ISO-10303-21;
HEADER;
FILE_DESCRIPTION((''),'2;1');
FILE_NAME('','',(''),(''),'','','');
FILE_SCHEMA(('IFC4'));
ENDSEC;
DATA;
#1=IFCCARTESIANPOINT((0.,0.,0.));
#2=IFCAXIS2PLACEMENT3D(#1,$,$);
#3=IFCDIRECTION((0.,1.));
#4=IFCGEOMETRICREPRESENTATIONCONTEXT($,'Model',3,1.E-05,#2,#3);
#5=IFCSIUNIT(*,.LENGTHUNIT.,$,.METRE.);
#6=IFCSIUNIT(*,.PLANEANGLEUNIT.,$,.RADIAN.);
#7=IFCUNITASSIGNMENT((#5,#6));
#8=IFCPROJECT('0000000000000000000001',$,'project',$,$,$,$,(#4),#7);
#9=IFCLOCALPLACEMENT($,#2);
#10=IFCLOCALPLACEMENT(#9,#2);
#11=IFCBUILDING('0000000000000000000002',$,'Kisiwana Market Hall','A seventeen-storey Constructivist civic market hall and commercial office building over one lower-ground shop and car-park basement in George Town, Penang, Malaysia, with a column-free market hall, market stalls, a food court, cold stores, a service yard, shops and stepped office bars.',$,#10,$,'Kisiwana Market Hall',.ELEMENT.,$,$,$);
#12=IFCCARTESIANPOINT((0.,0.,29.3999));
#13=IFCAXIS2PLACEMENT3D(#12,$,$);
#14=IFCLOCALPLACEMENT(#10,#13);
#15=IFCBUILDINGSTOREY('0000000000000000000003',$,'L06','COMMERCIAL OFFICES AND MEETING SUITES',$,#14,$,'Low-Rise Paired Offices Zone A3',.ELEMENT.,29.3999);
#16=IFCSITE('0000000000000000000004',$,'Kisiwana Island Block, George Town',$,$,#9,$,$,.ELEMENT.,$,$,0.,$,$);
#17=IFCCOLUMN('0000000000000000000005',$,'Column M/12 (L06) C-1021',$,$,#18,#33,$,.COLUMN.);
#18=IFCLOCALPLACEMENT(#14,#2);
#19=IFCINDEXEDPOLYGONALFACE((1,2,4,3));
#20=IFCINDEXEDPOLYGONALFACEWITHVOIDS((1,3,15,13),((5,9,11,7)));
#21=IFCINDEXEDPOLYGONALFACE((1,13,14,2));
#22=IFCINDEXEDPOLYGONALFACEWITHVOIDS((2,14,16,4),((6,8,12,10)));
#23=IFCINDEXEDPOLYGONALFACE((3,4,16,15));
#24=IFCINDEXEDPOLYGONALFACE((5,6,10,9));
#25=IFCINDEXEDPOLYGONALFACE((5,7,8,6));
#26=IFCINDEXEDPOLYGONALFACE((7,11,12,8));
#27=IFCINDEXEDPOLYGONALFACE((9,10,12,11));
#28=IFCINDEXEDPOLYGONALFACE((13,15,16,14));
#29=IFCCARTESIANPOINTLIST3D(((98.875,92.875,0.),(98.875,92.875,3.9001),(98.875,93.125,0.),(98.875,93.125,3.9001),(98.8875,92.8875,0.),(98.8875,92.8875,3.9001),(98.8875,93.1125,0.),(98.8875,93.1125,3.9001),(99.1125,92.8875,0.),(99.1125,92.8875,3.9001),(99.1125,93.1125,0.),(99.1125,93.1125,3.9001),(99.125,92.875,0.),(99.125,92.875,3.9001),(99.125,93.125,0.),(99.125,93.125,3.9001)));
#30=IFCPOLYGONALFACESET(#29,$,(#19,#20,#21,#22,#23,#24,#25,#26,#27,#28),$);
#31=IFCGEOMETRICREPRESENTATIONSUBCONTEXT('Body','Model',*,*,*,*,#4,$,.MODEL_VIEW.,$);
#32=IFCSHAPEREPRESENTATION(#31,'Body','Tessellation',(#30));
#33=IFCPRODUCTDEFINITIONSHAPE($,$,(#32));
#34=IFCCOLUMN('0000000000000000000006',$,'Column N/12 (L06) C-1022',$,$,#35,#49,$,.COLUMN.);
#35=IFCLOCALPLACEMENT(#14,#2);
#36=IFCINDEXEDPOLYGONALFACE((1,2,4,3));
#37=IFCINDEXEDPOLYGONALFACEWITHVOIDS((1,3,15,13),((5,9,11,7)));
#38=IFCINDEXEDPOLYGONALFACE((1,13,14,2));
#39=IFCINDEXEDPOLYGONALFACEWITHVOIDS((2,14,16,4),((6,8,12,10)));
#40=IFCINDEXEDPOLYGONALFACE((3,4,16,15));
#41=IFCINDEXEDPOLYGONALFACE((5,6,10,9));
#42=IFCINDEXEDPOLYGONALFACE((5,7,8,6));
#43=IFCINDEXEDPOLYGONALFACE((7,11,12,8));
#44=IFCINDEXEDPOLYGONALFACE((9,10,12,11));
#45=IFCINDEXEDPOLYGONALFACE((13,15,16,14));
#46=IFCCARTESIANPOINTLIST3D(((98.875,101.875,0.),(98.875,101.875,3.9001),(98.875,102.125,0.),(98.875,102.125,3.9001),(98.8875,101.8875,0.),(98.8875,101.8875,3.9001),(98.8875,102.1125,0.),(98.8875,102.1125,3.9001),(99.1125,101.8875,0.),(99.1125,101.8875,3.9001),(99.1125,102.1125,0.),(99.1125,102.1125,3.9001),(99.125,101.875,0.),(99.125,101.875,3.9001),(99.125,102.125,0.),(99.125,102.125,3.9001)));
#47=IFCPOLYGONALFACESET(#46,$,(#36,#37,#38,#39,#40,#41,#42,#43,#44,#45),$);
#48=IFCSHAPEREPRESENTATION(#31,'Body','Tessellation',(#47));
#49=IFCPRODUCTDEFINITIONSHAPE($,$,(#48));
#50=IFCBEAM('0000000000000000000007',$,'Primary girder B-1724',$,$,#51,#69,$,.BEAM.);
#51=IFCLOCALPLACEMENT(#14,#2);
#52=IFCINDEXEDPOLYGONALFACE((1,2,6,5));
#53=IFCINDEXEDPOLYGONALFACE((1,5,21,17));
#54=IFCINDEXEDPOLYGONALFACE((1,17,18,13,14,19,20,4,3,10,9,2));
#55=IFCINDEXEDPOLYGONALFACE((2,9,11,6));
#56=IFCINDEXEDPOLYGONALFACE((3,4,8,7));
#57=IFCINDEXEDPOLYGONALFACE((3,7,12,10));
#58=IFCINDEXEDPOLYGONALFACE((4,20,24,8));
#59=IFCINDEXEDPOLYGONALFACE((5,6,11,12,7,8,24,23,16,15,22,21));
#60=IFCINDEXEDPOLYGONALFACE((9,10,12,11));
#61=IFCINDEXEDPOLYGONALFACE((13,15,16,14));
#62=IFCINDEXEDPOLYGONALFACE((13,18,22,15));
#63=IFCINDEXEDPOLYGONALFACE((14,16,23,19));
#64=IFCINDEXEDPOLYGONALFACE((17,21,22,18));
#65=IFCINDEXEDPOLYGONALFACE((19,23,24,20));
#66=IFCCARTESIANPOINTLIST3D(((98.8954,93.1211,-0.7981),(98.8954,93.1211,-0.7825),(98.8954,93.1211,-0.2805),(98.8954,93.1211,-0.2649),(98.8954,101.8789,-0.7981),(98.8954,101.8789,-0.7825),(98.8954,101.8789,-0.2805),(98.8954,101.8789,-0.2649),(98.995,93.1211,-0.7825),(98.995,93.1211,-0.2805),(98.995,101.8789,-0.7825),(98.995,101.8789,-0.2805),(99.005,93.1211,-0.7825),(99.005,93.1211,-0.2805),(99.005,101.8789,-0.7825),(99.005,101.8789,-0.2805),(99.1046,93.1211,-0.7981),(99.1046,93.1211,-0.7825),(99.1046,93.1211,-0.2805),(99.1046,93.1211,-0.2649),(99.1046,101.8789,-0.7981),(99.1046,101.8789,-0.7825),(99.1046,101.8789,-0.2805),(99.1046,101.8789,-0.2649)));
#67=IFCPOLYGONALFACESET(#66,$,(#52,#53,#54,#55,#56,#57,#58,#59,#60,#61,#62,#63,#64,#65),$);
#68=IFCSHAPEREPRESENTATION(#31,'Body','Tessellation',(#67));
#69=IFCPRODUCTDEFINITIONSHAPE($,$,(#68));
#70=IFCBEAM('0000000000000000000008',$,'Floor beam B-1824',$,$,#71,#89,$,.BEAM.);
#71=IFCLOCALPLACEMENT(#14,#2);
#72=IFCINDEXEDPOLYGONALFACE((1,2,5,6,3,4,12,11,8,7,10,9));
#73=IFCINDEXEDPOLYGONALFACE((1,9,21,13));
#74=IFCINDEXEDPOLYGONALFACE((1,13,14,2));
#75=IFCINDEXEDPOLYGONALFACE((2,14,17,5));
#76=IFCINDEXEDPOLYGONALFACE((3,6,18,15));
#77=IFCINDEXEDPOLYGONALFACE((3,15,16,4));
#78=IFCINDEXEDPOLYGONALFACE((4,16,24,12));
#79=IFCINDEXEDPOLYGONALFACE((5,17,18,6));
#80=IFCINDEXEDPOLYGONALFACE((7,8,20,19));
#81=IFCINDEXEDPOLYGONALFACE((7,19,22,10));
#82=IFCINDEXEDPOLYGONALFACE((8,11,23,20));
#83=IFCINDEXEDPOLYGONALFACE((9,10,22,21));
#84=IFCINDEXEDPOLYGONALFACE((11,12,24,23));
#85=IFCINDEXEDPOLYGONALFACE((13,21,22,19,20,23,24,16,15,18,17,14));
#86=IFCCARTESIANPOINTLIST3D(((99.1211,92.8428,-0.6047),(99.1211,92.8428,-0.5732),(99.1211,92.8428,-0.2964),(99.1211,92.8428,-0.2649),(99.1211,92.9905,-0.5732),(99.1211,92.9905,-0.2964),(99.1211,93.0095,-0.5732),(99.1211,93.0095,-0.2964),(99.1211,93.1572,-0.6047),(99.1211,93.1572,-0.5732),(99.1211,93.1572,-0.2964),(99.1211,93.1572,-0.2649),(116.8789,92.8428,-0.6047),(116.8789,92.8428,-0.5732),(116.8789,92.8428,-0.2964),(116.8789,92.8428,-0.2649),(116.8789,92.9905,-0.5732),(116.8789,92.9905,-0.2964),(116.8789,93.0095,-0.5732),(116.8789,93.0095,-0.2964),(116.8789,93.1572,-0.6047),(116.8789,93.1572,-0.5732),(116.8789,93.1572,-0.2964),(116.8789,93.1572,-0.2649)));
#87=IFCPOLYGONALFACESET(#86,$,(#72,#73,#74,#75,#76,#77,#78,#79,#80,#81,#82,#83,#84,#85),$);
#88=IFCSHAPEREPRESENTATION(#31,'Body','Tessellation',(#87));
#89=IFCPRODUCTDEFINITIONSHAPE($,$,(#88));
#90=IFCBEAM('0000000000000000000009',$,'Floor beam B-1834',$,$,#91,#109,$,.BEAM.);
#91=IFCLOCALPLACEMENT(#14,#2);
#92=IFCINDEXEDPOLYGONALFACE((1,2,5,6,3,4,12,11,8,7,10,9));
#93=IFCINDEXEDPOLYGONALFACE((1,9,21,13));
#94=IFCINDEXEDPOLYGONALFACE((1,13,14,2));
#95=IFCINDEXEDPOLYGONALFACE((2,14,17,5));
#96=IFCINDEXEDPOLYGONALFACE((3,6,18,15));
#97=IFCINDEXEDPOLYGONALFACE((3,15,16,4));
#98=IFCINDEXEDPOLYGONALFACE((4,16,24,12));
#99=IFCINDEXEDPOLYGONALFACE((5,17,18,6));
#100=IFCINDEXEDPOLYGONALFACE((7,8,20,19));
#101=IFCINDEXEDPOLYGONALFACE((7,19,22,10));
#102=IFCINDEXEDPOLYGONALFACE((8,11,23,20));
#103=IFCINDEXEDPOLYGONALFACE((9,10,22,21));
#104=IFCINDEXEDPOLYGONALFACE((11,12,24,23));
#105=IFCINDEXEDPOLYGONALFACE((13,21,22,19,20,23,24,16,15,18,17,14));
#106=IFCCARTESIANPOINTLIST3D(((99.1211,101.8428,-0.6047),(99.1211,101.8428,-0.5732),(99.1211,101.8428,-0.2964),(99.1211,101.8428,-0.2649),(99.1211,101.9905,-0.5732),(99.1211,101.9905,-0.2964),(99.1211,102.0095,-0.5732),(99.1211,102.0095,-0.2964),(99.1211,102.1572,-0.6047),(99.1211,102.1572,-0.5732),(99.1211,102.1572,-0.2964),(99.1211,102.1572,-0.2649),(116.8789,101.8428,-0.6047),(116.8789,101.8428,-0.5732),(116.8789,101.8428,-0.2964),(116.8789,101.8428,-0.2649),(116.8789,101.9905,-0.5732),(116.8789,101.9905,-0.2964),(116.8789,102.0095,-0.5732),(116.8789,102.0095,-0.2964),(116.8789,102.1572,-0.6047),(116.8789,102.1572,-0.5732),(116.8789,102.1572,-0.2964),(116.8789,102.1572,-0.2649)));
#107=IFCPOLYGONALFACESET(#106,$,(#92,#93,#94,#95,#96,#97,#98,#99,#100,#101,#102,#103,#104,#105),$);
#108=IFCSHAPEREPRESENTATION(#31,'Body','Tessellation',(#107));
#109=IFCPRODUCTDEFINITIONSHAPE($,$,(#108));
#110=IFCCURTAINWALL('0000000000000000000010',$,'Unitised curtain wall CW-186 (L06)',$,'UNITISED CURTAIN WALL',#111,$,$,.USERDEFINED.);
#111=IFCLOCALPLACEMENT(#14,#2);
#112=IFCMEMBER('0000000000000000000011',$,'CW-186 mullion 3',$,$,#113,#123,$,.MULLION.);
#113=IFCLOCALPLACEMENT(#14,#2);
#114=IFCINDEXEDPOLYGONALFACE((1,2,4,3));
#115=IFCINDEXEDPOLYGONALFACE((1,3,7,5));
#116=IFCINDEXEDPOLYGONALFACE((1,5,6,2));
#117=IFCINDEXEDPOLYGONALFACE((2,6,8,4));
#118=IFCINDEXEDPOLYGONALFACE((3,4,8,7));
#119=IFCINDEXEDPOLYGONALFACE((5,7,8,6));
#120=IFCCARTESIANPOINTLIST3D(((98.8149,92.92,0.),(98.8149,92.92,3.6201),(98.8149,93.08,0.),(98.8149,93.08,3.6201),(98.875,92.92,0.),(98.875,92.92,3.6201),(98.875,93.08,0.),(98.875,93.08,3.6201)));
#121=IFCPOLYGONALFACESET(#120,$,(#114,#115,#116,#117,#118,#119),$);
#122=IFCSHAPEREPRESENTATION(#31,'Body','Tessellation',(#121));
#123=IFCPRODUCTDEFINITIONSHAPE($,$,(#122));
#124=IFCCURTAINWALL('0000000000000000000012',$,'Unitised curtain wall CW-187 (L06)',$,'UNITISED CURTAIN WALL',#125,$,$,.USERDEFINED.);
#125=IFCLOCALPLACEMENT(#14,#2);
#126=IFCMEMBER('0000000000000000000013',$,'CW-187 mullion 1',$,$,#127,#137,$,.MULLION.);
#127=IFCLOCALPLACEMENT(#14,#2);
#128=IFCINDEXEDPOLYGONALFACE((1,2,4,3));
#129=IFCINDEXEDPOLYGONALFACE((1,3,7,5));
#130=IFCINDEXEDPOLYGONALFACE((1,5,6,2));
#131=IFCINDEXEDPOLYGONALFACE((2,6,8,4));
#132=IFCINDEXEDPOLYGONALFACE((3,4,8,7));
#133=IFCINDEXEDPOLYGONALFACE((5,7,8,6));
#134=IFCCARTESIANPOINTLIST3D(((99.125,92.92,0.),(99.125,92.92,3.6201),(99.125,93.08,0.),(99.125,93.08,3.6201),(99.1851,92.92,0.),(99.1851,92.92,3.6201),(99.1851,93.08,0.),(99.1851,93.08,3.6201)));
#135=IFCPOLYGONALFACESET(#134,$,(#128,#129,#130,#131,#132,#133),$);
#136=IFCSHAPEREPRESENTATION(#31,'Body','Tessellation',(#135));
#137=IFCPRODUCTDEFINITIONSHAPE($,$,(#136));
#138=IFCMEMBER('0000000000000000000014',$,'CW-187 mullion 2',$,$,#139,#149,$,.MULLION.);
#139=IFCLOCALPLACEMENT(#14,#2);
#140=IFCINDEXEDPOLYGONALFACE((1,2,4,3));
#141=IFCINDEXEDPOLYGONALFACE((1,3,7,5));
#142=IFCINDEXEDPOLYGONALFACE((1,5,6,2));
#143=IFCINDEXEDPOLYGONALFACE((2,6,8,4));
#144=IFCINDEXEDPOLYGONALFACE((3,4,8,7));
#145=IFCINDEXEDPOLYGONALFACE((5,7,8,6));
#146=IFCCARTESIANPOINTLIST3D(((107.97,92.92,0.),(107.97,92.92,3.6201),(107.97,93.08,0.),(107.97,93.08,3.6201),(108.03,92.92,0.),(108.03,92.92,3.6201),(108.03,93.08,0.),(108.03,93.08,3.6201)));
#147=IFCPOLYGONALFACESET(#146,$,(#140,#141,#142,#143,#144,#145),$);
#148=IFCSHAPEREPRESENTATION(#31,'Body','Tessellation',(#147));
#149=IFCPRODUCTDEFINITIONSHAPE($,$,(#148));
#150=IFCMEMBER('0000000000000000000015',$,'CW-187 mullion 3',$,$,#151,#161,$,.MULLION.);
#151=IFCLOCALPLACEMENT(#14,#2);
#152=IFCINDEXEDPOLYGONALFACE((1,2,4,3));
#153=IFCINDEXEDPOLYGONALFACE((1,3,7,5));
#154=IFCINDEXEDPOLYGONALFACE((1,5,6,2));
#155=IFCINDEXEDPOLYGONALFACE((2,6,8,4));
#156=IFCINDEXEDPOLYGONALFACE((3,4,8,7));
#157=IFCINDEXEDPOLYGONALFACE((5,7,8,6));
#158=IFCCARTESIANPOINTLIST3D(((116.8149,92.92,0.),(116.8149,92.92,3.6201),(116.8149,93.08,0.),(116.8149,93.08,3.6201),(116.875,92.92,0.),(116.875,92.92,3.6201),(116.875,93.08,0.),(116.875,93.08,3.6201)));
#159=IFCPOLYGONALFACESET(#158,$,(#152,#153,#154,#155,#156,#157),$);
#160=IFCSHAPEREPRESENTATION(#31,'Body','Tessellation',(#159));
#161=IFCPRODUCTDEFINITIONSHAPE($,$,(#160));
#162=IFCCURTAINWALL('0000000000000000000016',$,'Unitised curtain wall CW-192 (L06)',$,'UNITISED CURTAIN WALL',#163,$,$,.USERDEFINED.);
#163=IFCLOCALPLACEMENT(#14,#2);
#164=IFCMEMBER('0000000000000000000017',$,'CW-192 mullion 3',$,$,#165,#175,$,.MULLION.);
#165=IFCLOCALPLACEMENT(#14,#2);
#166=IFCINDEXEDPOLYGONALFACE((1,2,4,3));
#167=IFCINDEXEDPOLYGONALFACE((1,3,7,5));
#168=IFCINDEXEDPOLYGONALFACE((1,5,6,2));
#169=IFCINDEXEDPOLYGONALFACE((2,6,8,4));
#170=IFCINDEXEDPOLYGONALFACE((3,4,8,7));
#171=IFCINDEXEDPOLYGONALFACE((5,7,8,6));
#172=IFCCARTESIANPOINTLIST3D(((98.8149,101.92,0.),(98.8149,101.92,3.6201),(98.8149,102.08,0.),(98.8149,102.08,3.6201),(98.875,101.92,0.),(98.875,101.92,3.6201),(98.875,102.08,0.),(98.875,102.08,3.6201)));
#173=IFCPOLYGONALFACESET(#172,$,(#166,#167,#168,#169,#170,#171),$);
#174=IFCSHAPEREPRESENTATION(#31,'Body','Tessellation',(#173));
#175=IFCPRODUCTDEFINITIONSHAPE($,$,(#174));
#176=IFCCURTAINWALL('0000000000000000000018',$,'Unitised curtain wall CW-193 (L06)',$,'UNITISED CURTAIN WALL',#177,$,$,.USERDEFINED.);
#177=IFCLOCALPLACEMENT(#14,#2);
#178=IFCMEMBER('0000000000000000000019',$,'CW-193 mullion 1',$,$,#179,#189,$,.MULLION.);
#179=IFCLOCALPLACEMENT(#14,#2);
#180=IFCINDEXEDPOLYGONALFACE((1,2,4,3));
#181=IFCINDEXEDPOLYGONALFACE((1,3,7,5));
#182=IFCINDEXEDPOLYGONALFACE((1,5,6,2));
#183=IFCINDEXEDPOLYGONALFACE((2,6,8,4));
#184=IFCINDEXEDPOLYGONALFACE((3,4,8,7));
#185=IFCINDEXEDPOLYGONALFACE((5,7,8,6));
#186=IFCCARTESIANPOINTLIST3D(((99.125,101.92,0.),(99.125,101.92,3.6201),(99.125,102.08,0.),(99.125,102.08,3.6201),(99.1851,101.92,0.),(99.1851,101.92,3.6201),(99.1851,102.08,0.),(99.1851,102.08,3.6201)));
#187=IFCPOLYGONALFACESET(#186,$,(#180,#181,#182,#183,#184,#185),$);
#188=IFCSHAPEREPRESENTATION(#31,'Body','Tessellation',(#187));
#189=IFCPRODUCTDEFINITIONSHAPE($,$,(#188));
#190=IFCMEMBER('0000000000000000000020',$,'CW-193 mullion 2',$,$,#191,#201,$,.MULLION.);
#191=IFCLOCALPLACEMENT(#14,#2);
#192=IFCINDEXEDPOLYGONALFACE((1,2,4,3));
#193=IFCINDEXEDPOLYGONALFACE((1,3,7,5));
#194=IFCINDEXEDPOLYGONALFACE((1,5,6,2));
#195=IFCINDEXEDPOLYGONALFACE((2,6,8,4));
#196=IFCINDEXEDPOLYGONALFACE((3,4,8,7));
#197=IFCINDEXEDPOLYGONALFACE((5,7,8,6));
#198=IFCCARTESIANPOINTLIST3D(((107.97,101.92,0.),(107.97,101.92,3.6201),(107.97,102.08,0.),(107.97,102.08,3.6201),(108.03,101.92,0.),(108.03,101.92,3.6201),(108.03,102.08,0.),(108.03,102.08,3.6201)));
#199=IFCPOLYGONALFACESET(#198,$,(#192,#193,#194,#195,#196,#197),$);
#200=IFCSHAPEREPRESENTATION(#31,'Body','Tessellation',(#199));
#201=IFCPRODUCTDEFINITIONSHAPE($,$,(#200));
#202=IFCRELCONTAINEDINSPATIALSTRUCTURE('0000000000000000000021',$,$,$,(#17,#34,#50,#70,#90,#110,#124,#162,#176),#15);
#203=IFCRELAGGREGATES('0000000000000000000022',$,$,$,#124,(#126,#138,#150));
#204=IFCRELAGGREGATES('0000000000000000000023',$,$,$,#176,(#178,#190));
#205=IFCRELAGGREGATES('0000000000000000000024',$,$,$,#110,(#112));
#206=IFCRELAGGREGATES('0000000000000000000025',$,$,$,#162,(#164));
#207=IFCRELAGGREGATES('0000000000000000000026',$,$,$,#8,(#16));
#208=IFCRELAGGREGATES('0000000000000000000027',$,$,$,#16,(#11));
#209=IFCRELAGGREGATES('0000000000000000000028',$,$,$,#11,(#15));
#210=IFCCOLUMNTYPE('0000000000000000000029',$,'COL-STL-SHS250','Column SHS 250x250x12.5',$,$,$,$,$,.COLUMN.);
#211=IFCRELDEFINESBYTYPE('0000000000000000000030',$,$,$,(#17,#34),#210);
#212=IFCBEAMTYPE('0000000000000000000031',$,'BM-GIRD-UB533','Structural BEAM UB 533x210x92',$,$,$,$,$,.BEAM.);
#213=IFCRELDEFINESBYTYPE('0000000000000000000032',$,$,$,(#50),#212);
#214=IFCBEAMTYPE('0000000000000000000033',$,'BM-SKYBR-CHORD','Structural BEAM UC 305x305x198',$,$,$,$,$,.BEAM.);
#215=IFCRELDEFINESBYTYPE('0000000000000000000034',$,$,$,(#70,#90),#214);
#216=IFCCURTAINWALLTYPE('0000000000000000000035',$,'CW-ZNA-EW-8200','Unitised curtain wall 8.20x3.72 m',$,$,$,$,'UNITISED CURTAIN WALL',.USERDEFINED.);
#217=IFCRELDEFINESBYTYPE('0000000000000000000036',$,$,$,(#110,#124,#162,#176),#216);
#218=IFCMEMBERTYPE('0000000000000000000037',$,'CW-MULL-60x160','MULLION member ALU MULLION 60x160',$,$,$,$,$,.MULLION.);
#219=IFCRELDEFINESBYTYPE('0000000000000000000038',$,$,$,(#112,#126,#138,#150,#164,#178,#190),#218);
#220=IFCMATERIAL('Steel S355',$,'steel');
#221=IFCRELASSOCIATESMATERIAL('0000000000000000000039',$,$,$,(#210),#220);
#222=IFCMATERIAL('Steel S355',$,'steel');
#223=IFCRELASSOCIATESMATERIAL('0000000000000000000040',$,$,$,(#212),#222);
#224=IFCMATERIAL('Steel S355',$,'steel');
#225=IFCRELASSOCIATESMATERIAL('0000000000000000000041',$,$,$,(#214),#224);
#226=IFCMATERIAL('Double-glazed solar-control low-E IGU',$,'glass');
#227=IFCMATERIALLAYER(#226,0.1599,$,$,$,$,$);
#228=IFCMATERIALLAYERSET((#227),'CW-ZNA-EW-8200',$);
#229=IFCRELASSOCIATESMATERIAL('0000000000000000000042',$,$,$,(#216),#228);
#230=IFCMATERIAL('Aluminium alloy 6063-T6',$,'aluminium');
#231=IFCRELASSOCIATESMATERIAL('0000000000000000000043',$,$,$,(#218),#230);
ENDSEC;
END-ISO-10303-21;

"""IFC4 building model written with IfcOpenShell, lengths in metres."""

from ifc_helpers import new_model, si_unit, direction, frame, origin, origin_2d, place, context, subcontext, project, spatial, rectangle, hollow_rectangle, i_section, extrude, material, layer, layer_set, material_profile, profile_set, type_object, element, aggregate, save


model = new_model("IFC4")

# Units and contexts
model_context = context("Model", 3, precision=1e-05, world=origin(), true_north=direction((0.0, 1.0)))
body_context = subcontext(model_context, "Body", "Model", "MODEL_VIEW")
ifc_project = project(units=[si_unit("LENGTHUNIT", "METRE"), si_unit("PLANEANGLEUNIT", "RADIAN")], contexts=[model_context])

# Site, building, storey
site_placement = place(None, origin())
site = spatial("IfcSite", under=ifc_project, at=site_placement, Name="Kisiwana Island Block, George Town", CompositionType="ELEMENT", RefElevation=0.0)
building_placement = place(site_placement, origin())
building = spatial("IfcBuilding", under=site, at=building_placement, Name="Kisiwana Market Hall", Description="A seventeen-storey Constructivist civic market hall and commercial office building over one lower-ground shop and car-park basement in George Town, Penang, Malaysia, with a column-free market hall, market stalls, a food court, cold stores, a service yard, shops and stepped office bars.", LongName="Kisiwana Market Hall", CompositionType="ELEMENT")
storey_placement = place(building_placement, frame((0.0, 0.0, 29.3999)))
storey = spatial("IfcBuildingStorey", under=building, at=storey_placement, Name="L06", Description="COMMERCIAL OFFICES AND MEETING SUITES", LongName="Low-Rise Paired Offices Zone A3", CompositionType="ELEMENT", Elevation=29.3999)

# Columns
ifc_material_1 = material(Name="Steel S355", Category="steel")
ifc_material_profile_1 = material_profile(ifc_material_1, hollow_rectangle(XDim=0.25, YDim=0.25, WallThickness=0.0125, at=origin_2d()), Name="SHS 250x250x12.5")
ifc_profile_set_1 = profile_set([ifc_material_profile_1], Name="Steel S355")
column_type = type_object("IfcColumnType", Name="COL-STL-SHS250", Description="Column SHS 250x250x12.5", PredefinedType="COLUMN", material=ifc_profile_set_1)
for number, where, z_axis, x_axis, name in (
    (1, (99.0, 93.0, 0.0), (0.0, 0.0, 1.0), (1.0, 0.0, 0.0), "Column M/12 (L06) C-1021"),
    (2, (99.0, 102.0, 0.0), (0.0, 0.0, 1.0), (1.0, 0.0, 0.0), "Column N/12 (L06) C-1022"),
):
    element("IfcColumn", number, at=place(storey_placement, frame(where, z_axis=z_axis, x_axis=x_axis)), inside=storey, type_object=column_type, Name=name, PredefinedType="COLUMN", context=body_context, shape_type="SweptSolid", body=[
        extrude(hollow_rectangle(XDim=0.25, YDim=0.25, WallThickness=0.0125, at=origin_2d()), origin(), (0.0, 0.0, 1.0), 3.9001),
    ])

# Beams
ifc_material_2 = material(Name="Steel S355", Category="steel")
ifc_material_profile_2 = material_profile(ifc_material_2, i_section(OverallWidth=0.2092, OverallDepth=0.5332, WebThickness=0.01, FlangeThickness=0.0156, at=origin_2d()), Name="UB 533x210x92")
ifc_profile_set_2 = profile_set([ifc_material_profile_2], Name="Steel S355")
beam_type_1 = type_object("IfcBeamType", Name="BM-GIRD-UB533", Description="Structural BEAM UB 533x210x92", PredefinedType="BEAM", material=ifc_profile_set_2)
beam_placement = place(storey_placement, frame((99.0, 93.1211, -0.5315), z_axis=(0.0, 1.0, 0.0), x_axis=(-1.0, 0.0, 0.0)))
element("IfcBeam", 3, at=beam_placement, inside=storey, type_object=beam_type_1, Name="Primary girder B-1724", PredefinedType="BEAM", context=body_context, shape_type="SweptSolid", body=[
    extrude(i_section(OverallWidth=0.2092, OverallDepth=0.5332, WebThickness=0.01, FlangeThickness=0.0156, at=origin_2d()), origin(), (0.0, 0.0, 1.0), 8.7578),
])
ifc_material_3 = material(Name="Steel S355", Category="steel")
ifc_material_profile_3 = material_profile(ifc_material_3, i_section(OverallWidth=0.3145, OverallDepth=0.3398, WebThickness=0.019, FlangeThickness=0.0315, at=origin_2d()), Name="UC 305x305x198")
ifc_profile_set_3 = profile_set([ifc_material_profile_3], Name="Steel S355")
beam_type_2 = type_object("IfcBeamType", Name="BM-SKYBR-CHORD", Description="Structural BEAM UC 305x305x198", PredefinedType="BEAM", material=ifc_profile_set_3)
for number, where, z_axis, x_axis, name in (
    (4, (99.1211, 93.0, -0.4348), (1.0, 0.0, 0.0), (0.0, 1.0, 0.0), "Floor beam B-1824"),
    (5, (99.1211, 102.0, -0.4348), (1.0, 0.0, 0.0), (0.0, 1.0, 0.0), "Floor beam B-1834"),
):
    element("IfcBeam", number, at=place(storey_placement, frame(where, z_axis=z_axis, x_axis=x_axis)), inside=storey, type_object=beam_type_2, Name=name, PredefinedType="BEAM", context=body_context, shape_type="SweptSolid", body=[
        extrude(i_section(OverallWidth=0.3145, OverallDepth=0.3398, WebThickness=0.019, FlangeThickness=0.0315, at=origin_2d()), origin(), (0.0, 0.0, 1.0), 17.7578),
    ])

# Curtain wall, member
ifc_material_4 = material(Name="Double-glazed solar-control low-E IGU", Category="glass")
ifc_layer_1 = layer(ifc_material_4, 0.1599)
ifc_layer_set_1 = layer_set([ifc_layer_1], Name="CW-ZNA-EW-8200")
curtain_wall_type = type_object("IfcCurtainWallType", Name="CW-ZNA-EW-8200", Description="Unitised curtain wall 8.20x3.72 m", ElementType="UNITISED CURTAIN WALL", PredefinedType="USERDEFINED", material=ifc_layer_set_1)
curtain_wall_1_placement = place(storey_placement, origin())
curtain_wall_1 = element("IfcCurtainWall", 6, at=curtain_wall_1_placement, inside=storey, type_object=curtain_wall_type, Name="Unitised curtain wall CW-186 (L06)", ObjectType="UNITISED CURTAIN WALL", PredefinedType="USERDEFINED")
ifc_material_5 = material(Name="Aluminium alloy 6063-T6", Category="aluminium")
ifc_material_profile_4 = material_profile(ifc_material_5, rectangle(XDim=0.0601, YDim=0.1599, at=origin_2d()), Name="ALU MULLION 60x160")
ifc_profile_set_4 = profile_set([ifc_material_profile_4], Name="Aluminium alloy 6063-T6")
member_type_1 = type_object("IfcMemberType", Name="CW-MULL-60x160", Description="MULLION member ALU MULLION 60x160", PredefinedType="MULLION", material=ifc_profile_set_4)
member_1_placement = place(storey_placement, frame((98.845, 93.0, 0.0), z_axis=(0.0, 0.0, 1.0), x_axis=(1.0, 0.0, 0.0)))
member_1 = element("IfcMember", 7, at=member_1_placement, type_object=member_type_1, Name="CW-186 mullion 3", PredefinedType="MULLION", context=body_context, shape_type="SweptSolid", body=[
    extrude(rectangle(XDim=0.0601, YDim=0.1599, at=origin_2d()), origin(), (0.0, 0.0, 1.0), 3.6201),
])

# Curtain wall, members
curtain_wall_2_placement = place(storey_placement, origin())
curtain_wall_2 = element("IfcCurtainWall", 8, at=curtain_wall_2_placement, inside=storey, type_object=curtain_wall_type, Name="Unitised curtain wall CW-187 (L06)", ObjectType="UNITISED CURTAIN WALL", PredefinedType="USERDEFINED")
member_2_placement = place(storey_placement, frame((99.155, 93.0, 0.0), z_axis=(0.0, 0.0, 1.0), x_axis=(1.0, 0.0, 0.0)))
member_2 = element("IfcMember", 9, at=member_2_placement, type_object=member_type_1, Name="CW-187 mullion 1", PredefinedType="MULLION", context=body_context, shape_type="SweptSolid", body=[
    extrude(rectangle(XDim=0.0601, YDim=0.1599, at=origin_2d()), origin(), (0.0, 0.0, 1.0), 3.6201),
])
member_3_placement = place(storey_placement, frame((108.0, 93.0, 0.0), z_axis=(0.0, 0.0, 1.0), x_axis=(1.0, 0.0, 0.0)))
member_3 = element("IfcMember", 10, at=member_3_placement, type_object=member_type_1, Name="CW-187 mullion 2", PredefinedType="MULLION", context=body_context, shape_type="SweptSolid", body=[
    extrude(rectangle(XDim=0.0601, YDim=0.1599, at=origin_2d()), origin(), (0.0, 0.0, 1.0), 3.6201),
])
member_4_placement = place(storey_placement, frame((116.845, 93.0, 0.0), z_axis=(0.0, 0.0, 1.0), x_axis=(1.0, 0.0, 0.0)))
member_4 = element("IfcMember", 11, at=member_4_placement, type_object=member_type_1, Name="CW-187 mullion 3", PredefinedType="MULLION", context=body_context, shape_type="SweptSolid", body=[
    extrude(rectangle(XDim=0.0601, YDim=0.1599, at=origin_2d()), origin(), (0.0, 0.0, 1.0), 3.6201),
])

# Curtain wall, member
curtain_wall_3_placement = place(storey_placement, origin())
curtain_wall_3 = element("IfcCurtainWall", 12, at=curtain_wall_3_placement, inside=storey, type_object=curtain_wall_type, Name="Unitised curtain wall CW-192 (L06)", ObjectType="UNITISED CURTAIN WALL", PredefinedType="USERDEFINED")
member_5_placement = place(storey_placement, frame((98.845, 102.0, 0.0), z_axis=(0.0, 0.0, 1.0), x_axis=(1.0, 0.0, 0.0)))
member_5 = element("IfcMember", 13, at=member_5_placement, type_object=member_type_1, Name="CW-192 mullion 3", PredefinedType="MULLION", context=body_context, shape_type="SweptSolid", body=[
    extrude(rectangle(XDim=0.0601, YDim=0.1599, at=origin_2d()), origin(), (0.0, 0.0, 1.0), 3.6201),
])

# Curtain wall, members
curtain_wall_4_placement = place(storey_placement, origin())
curtain_wall_4 = element("IfcCurtainWall", 14, at=curtain_wall_4_placement, inside=storey, type_object=curtain_wall_type, Name="Unitised curtain wall CW-193 (L06)", ObjectType="UNITISED CURTAIN WALL", PredefinedType="USERDEFINED")
member_6_placement = place(storey_placement, frame((99.155, 102.0, 0.0), z_axis=(0.0, 0.0, 1.0), x_axis=(1.0, 0.0, 0.0)))
member_6 = element("IfcMember", 15, at=member_6_placement, type_object=member_type_1, Name="CW-193 mullion 1", PredefinedType="MULLION", context=body_context, shape_type="SweptSolid", body=[
    extrude(rectangle(XDim=0.0601, YDim=0.1599, at=origin_2d()), origin(), (0.0, 0.0, 1.0), 3.6201),
])
member_7_placement = place(storey_placement, frame((108.0, 102.0, 0.0), z_axis=(0.0, 0.0, 1.0), x_axis=(1.0, 0.0, 0.0)))
member_7 = element("IfcMember", 16, at=member_7_placement, type_object=member_type_1, Name="CW-193 mullion 2", PredefinedType="MULLION", context=body_context, shape_type="SweptSolid", body=[
    extrude(rectangle(XDim=0.0601, YDim=0.1599, at=origin_2d()), origin(), (0.0, 0.0, 1.0), 3.6201),
])

aggregate(curtain_wall_2, [member_2, member_3, member_4])
aggregate(curtain_wall_4, [member_6, member_7])
aggregate(curtain_wall_1, [member_1])
aggregate(curtain_wall_3, [member_5])

save(model, "model.ifc")
